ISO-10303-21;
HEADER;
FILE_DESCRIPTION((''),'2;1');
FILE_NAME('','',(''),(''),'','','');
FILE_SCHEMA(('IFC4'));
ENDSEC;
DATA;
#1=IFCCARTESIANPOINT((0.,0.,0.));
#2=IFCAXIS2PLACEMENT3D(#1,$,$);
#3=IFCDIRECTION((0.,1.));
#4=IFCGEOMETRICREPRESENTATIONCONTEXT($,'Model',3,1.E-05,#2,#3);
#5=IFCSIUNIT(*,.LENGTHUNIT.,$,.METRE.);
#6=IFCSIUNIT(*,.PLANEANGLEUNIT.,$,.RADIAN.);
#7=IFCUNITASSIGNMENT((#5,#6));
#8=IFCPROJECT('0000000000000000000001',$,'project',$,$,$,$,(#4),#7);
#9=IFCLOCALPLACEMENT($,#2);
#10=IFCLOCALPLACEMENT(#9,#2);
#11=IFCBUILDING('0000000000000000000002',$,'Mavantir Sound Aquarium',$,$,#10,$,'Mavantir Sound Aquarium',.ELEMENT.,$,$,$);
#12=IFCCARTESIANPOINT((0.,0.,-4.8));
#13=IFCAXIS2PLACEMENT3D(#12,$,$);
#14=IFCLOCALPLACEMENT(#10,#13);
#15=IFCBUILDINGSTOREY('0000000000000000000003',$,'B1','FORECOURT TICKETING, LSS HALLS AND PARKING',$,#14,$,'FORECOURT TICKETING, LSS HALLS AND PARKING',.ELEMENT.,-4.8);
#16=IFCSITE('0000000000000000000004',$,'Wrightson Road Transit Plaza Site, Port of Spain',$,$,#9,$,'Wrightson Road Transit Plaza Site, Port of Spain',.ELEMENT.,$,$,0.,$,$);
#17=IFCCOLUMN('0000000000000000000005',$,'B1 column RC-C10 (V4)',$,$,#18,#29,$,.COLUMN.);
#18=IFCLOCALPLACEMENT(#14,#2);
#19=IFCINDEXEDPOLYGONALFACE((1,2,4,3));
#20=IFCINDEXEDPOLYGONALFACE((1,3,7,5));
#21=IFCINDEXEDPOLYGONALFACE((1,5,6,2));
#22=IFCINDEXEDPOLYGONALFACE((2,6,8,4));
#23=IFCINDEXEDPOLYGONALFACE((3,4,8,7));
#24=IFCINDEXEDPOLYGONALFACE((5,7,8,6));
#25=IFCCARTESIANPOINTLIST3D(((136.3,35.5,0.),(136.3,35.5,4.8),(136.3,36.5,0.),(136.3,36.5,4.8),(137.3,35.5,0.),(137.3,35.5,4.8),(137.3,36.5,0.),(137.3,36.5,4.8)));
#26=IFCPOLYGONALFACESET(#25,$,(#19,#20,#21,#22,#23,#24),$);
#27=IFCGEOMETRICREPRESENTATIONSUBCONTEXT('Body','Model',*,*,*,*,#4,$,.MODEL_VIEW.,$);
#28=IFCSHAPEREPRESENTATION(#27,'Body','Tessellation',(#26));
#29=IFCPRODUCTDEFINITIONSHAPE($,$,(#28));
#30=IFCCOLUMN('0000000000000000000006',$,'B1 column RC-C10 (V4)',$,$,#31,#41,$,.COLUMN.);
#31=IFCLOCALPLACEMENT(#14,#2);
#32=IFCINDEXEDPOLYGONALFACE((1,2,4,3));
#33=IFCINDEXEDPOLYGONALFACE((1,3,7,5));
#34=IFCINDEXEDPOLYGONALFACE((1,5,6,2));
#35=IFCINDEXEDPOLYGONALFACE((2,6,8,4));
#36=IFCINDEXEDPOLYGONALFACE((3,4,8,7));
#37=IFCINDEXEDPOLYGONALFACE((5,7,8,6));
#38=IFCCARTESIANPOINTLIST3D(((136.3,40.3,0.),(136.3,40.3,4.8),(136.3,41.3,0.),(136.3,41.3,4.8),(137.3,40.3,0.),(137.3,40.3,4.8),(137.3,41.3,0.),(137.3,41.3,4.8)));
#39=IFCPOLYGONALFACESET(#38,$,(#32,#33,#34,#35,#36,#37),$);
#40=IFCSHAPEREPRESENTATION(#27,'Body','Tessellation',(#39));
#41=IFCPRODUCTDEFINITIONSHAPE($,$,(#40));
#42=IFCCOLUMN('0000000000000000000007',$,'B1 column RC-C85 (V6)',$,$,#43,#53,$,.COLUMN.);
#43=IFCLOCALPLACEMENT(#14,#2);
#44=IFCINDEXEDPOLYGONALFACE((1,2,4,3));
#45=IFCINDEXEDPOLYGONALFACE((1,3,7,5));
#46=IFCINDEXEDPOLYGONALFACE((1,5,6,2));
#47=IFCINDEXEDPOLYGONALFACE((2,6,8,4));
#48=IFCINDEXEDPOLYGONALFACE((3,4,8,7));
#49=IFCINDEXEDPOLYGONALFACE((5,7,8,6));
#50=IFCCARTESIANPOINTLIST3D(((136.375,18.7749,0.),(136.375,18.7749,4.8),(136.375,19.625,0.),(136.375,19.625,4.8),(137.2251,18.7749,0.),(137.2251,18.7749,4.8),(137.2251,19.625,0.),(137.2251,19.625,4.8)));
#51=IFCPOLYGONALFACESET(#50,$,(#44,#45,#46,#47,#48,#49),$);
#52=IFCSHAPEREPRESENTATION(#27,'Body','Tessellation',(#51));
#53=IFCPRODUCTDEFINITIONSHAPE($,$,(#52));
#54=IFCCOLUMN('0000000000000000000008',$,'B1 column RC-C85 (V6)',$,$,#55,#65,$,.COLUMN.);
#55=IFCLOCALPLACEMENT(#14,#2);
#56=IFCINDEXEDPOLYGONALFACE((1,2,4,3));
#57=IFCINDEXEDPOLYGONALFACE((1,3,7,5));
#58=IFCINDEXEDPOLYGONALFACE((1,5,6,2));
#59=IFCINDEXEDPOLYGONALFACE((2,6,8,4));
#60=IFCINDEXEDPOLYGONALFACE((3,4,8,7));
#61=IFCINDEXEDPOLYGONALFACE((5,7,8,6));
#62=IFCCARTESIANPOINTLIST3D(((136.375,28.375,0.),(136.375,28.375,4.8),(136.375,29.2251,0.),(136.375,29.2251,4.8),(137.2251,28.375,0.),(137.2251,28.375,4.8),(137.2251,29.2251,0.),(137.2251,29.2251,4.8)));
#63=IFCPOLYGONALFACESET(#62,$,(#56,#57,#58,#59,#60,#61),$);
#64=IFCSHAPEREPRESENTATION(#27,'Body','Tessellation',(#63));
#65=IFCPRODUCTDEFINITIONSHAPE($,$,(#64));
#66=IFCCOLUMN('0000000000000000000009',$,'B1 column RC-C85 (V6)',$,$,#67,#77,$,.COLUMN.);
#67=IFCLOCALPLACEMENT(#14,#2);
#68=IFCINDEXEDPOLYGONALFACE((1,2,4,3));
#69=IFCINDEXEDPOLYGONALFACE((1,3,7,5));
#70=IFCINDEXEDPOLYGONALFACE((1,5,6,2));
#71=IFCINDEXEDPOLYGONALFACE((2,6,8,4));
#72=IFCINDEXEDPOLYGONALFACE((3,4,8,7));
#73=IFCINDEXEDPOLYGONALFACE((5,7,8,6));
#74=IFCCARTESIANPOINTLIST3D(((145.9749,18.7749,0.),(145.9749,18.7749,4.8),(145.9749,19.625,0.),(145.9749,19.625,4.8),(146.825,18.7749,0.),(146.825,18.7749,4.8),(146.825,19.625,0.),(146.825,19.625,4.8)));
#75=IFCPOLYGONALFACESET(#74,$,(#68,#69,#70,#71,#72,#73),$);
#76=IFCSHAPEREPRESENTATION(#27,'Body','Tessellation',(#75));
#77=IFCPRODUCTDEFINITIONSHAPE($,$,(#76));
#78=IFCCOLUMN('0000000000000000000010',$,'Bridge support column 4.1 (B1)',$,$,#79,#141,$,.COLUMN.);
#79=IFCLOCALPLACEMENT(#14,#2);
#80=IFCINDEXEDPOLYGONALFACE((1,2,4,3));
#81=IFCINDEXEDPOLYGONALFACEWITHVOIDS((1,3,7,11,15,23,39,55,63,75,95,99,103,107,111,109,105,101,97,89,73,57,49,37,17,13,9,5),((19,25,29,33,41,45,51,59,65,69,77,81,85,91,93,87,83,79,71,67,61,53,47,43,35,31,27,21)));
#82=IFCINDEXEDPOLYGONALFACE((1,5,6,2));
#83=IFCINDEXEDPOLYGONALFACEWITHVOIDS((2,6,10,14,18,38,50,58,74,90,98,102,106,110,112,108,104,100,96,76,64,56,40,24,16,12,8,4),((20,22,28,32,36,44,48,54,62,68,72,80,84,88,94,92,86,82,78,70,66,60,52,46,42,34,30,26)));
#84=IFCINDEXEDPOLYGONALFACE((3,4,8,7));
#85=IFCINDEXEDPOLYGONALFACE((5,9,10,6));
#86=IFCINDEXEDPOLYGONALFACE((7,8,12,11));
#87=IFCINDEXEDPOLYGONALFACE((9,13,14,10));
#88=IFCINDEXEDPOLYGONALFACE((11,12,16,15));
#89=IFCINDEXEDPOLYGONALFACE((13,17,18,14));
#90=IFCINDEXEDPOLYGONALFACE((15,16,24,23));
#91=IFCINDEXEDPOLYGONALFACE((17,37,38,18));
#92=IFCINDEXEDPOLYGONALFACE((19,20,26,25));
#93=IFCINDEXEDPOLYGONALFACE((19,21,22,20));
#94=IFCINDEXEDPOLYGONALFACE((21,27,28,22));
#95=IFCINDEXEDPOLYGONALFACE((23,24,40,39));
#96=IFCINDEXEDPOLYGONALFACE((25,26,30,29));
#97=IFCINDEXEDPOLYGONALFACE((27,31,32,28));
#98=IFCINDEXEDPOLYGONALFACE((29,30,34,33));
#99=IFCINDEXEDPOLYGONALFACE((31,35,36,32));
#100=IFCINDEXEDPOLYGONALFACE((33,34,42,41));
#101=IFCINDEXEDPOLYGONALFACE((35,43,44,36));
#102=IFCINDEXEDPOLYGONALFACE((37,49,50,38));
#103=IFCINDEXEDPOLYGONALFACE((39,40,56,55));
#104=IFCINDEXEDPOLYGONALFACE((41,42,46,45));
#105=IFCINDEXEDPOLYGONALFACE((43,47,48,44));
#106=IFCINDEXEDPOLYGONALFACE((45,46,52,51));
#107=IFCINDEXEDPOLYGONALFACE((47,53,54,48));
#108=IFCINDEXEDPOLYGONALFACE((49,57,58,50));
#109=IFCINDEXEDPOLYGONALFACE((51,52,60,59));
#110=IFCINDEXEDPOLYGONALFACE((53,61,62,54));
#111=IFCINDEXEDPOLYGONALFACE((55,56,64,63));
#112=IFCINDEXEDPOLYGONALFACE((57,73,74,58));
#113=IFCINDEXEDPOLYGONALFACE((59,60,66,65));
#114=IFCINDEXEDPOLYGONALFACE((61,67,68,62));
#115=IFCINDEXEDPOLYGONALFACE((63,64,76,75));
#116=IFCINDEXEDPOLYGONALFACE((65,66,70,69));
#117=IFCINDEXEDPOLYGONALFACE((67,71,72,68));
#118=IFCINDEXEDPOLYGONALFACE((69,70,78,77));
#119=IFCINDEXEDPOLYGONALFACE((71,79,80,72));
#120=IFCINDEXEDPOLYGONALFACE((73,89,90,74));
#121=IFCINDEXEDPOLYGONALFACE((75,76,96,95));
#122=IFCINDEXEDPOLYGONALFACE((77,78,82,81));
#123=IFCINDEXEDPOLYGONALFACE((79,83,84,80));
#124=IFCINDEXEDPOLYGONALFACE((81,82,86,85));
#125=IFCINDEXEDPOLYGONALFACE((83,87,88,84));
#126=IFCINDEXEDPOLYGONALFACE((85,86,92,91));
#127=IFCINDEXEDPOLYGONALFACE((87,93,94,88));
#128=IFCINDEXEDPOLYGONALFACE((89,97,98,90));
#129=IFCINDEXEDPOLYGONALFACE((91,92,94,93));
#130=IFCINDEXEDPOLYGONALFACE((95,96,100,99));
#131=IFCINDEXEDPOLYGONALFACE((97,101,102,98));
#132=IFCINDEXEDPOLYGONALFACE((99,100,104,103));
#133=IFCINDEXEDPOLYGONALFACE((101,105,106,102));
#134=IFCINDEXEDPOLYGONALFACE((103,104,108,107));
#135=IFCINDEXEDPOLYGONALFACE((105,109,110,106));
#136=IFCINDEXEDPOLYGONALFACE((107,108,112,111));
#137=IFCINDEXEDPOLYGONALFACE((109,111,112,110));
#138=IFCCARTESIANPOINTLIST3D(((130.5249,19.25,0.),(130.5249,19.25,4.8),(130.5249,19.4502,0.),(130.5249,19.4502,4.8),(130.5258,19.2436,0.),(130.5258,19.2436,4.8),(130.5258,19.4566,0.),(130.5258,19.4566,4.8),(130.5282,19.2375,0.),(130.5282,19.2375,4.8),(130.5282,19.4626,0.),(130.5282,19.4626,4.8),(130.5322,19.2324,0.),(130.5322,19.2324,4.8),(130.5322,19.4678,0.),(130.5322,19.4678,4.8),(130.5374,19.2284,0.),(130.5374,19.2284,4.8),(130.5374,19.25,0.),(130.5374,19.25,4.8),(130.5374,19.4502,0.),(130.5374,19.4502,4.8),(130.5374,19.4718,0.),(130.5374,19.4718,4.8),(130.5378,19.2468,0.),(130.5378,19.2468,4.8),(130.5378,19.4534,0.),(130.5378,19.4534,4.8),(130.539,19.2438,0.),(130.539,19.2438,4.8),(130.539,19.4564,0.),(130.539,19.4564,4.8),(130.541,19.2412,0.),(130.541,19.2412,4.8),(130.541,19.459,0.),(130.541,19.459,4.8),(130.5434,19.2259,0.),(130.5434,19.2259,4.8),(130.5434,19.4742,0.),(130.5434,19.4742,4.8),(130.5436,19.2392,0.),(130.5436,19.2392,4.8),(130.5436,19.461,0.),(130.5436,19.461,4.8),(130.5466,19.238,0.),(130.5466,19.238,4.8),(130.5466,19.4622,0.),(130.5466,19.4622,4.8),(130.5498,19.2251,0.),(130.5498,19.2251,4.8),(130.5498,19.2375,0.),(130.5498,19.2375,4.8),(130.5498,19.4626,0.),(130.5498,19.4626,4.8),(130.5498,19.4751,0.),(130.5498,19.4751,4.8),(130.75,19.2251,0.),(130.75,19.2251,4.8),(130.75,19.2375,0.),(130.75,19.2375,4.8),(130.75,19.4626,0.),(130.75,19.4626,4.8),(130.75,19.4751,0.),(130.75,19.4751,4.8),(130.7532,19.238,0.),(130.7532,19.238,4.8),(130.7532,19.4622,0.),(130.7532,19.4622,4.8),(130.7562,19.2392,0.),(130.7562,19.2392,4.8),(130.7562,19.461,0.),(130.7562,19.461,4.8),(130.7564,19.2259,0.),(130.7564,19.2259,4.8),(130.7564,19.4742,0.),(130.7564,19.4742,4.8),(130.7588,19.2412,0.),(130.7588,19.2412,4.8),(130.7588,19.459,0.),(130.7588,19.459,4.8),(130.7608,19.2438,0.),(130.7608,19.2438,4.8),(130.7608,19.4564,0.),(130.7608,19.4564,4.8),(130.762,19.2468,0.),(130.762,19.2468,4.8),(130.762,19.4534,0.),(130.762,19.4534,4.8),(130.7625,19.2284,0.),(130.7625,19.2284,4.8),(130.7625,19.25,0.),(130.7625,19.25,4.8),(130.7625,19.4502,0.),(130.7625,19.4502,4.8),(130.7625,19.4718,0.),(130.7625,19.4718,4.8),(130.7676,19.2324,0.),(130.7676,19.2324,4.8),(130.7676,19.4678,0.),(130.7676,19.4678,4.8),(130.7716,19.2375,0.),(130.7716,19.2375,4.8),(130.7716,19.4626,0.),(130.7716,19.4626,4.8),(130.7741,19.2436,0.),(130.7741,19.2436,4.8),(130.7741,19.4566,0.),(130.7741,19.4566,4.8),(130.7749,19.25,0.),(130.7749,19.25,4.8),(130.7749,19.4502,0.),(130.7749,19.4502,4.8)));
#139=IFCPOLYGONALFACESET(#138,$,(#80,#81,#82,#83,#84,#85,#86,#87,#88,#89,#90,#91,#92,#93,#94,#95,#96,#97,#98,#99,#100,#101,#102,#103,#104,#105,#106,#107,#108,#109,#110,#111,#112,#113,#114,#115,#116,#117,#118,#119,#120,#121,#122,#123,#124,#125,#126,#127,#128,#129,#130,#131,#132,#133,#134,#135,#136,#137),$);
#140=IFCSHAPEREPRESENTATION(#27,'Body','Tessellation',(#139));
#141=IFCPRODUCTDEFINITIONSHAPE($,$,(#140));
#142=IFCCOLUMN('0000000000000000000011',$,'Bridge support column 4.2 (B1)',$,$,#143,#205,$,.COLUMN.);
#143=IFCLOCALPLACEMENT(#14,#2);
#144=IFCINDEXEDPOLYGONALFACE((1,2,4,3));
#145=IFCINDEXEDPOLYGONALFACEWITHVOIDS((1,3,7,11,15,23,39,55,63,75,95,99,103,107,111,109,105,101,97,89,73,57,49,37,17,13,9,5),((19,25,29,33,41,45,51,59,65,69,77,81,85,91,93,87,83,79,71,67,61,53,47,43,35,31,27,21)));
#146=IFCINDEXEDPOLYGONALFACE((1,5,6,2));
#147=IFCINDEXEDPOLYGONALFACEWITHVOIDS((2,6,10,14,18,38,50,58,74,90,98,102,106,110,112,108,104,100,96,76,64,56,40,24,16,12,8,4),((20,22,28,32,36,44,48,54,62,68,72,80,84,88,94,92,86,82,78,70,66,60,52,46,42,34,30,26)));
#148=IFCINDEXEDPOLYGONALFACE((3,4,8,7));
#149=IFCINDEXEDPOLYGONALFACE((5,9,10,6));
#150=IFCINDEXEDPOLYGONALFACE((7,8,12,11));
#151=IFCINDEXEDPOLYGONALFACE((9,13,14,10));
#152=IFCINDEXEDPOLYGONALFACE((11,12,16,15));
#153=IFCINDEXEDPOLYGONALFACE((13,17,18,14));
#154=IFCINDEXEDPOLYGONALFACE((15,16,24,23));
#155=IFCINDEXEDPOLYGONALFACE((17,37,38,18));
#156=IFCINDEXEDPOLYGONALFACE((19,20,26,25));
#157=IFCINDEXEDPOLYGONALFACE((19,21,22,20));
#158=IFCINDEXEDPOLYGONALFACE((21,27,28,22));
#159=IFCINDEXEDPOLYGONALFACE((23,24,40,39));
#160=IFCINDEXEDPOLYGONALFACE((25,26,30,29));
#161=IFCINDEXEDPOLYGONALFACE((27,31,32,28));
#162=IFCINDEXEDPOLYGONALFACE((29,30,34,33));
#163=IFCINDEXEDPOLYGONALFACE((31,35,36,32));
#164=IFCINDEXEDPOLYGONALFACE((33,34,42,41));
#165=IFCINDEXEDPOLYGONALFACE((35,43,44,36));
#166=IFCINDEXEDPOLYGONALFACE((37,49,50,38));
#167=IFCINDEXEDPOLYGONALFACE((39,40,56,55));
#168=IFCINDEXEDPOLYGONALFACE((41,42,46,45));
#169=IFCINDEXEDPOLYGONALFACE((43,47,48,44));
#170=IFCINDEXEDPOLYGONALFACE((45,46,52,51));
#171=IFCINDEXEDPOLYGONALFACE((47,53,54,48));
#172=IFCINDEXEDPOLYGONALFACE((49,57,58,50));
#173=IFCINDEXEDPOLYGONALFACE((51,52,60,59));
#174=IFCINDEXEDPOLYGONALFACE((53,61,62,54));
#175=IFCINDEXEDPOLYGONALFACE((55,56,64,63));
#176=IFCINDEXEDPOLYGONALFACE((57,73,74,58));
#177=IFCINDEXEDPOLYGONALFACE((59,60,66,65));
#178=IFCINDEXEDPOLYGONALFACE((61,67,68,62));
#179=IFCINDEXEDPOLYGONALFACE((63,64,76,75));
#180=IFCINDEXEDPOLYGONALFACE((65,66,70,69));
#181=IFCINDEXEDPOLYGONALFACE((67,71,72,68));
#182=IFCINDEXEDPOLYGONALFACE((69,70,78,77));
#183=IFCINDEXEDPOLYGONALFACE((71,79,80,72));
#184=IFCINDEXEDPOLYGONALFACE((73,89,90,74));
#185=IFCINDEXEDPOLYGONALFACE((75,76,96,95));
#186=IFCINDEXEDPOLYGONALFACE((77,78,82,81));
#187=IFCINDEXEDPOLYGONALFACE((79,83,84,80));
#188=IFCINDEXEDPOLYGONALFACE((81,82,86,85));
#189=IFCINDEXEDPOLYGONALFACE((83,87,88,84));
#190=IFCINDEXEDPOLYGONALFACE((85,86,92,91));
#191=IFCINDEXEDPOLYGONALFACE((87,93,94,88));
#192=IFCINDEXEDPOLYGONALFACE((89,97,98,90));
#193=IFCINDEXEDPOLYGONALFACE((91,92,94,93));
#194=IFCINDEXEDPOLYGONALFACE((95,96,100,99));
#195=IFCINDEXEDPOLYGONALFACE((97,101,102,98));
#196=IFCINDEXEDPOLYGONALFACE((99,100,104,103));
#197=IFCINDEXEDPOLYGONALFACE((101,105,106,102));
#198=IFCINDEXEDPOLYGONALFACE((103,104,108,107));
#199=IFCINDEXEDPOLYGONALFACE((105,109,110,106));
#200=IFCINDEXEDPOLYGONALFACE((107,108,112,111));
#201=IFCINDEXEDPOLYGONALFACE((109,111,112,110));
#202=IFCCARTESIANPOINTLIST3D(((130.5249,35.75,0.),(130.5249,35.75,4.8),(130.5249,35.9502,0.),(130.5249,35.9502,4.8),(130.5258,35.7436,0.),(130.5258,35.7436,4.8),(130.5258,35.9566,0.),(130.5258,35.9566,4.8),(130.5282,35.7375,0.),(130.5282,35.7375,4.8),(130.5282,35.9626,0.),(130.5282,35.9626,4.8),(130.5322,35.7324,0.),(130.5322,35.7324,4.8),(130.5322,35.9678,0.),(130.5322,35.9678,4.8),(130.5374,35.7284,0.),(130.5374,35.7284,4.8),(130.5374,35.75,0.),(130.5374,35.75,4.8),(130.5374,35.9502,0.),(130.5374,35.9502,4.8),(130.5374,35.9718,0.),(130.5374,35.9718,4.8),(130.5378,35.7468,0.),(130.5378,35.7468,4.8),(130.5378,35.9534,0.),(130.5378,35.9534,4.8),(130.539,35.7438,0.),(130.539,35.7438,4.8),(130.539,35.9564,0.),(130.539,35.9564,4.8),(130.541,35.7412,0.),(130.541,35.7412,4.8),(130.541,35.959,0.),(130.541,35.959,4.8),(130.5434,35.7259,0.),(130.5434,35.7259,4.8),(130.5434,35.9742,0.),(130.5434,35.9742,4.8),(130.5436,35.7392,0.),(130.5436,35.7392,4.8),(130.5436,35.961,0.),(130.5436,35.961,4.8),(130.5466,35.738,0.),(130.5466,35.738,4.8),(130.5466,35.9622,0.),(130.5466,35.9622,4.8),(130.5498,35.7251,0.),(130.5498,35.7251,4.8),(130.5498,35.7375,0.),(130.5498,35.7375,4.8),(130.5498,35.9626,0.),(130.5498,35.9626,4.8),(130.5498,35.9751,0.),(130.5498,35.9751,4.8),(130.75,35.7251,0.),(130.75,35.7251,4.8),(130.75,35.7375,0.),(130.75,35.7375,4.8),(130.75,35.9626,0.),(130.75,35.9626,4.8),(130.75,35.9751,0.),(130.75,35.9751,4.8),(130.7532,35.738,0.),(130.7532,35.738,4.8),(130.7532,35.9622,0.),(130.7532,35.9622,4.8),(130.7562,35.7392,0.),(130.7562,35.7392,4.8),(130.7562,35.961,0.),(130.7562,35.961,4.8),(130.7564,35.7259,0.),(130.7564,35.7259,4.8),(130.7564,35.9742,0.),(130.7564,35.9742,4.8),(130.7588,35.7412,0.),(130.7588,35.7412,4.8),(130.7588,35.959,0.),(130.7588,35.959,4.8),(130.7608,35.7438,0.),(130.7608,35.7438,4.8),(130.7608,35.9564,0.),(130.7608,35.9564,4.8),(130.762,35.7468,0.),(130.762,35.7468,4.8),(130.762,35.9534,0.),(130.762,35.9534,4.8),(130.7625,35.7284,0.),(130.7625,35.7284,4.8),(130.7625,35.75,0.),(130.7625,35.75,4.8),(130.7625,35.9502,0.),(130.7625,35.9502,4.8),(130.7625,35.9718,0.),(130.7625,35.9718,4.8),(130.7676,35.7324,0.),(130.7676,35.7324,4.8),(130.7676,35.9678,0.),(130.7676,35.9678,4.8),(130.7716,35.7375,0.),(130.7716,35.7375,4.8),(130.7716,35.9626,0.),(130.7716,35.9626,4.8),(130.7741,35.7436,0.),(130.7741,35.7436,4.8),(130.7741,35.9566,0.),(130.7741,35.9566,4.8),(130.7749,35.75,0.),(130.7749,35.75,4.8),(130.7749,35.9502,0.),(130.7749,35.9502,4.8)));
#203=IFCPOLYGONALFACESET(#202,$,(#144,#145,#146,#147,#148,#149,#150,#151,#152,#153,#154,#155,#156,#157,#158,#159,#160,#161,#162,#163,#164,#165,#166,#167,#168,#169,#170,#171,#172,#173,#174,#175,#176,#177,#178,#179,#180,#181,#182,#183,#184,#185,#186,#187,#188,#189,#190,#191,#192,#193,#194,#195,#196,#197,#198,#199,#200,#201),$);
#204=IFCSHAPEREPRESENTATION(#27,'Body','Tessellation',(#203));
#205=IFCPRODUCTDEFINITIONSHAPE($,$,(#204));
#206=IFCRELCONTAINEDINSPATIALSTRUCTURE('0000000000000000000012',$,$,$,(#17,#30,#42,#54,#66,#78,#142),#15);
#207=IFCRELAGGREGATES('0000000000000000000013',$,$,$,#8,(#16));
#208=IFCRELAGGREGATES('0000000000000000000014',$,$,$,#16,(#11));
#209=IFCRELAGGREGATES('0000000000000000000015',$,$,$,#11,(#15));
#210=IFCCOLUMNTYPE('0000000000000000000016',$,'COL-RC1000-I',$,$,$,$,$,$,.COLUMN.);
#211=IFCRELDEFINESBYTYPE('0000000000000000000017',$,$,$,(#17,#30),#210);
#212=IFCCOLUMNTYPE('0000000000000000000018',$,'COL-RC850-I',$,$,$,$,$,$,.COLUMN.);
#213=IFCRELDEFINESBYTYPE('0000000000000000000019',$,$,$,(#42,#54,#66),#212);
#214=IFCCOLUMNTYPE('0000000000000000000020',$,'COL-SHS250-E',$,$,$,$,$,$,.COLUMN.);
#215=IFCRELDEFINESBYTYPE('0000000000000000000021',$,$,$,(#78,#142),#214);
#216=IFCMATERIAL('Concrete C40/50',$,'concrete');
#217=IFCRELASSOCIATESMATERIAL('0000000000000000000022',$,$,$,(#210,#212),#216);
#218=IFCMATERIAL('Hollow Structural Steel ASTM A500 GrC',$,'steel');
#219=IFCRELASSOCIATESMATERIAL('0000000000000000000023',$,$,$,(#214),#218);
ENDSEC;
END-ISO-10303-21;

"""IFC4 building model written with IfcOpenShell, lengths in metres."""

from ifc_helpers import new_model, si_unit, direction, frame, origin, origin_2d, place, context, subcontext, project, spatial, rectangle, hollow_rectangle, extrude, material, material_profile, profile_set, type_object, element, save


model = new_model("IFC4")

# Units and contexts
model_context = context("Model", 3, precision=1e-05, world=origin(), true_north=direction((0.0, 1.0)))
body_context = subcontext(model_context, "Body", "Model", "MODEL_VIEW")
ifc_project = project(units=[si_unit("LENGTHUNIT", "METRE"), si_unit("PLANEANGLEUNIT", "RADIAN")], contexts=[model_context])

# Site, building, storey
site_placement = place(None, origin())
site = spatial("IfcSite", under=ifc_project, at=site_placement, Name="Wrightson Road Transit Plaza Site, Port of Spain", LongName="Wrightson Road Transit Plaza Site, Port of Spain", CompositionType="ELEMENT", RefElevation=0.0)
building_placement = place(site_placement, origin())
building = spatial("IfcBuilding", under=site, at=building_placement, Name="Mavantir Sound Aquarium", LongName="Mavantir Sound Aquarium", CompositionType="ELEMENT")
storey_placement = place(building_placement, frame((0.0, 0.0, -4.8)))
storey = spatial("IfcBuildingStorey", under=building, at=storey_placement, Name="B1", Description="FORECOURT TICKETING, LSS HALLS AND PARKING", LongName="FORECOURT TICKETING, LSS HALLS AND PARKING", CompositionType="ELEMENT", Elevation=-4.8)

# Columns
ifc_material_1 = material(Name="Concrete C40/50", Category="concrete")
ifc_material_profile_1 = material_profile(ifc_material_1, rectangle(XDim=1.0, YDim=1.0, at=origin_2d()), Name="RC 1000X1000")
ifc_profile_set_1 = profile_set([ifc_material_profile_1], Name="Concrete C40/50")
column_type_1 = type_object("IfcColumnType", Name="COL-RC1000-I", PredefinedType="COLUMN", material=ifc_profile_set_1)
for number, where, z_axis, x_axis, name in (
    (1, (136.8, 36.0, 0.0), (0.0, 0.0, 1.0), (1.0, 0.0, 0.0), "B1 column RC-C10 (V4)"),
    (2, (136.8, 40.8, 0.0), (0.0, 0.0, 1.0), (1.0, 0.0, 0.0), "B1 column RC-C10 (V4)"),
):
    element("IfcColumn", number, at=place(storey_placement, frame(where, z_axis=z_axis, x_axis=x_axis)), inside=storey, type_object=column_type_1, Name=name, PredefinedType="COLUMN", context=body_context, shape_type="SweptSolid", body=[
        extrude(rectangle(XDim=1.0, YDim=1.0, at=origin_2d()), origin(), (0.0, 0.0, 1.0), 4.8),
    ])
ifc_material_profile_2 = material_profile(ifc_material_1, rectangle(XDim=0.8501, YDim=0.8501, at=origin_2d()), Name="RC 850X850")
ifc_profile_set_2 = profile_set([ifc_material_profile_2], Name="Concrete C40/50")
column_type_2 = type_object("IfcColumnType", Name="COL-RC850-I", PredefinedType="COLUMN", material=ifc_profile_set_2)
for number, where, z_axis, x_axis, name in (
    (3, (136.8, 19.2, 0.0), (0.0, 0.0, 1.0), (1.0, 0.0, 0.0), "B1 column RC-C85 (V6)"),
    (4, (136.8, 28.8, 0.0), (0.0, 0.0, 1.0), (1.0, 0.0, 0.0), "B1 column RC-C85 (V6)"),
    (5, (146.3999, 19.2, 0.0), (0.0, 0.0, 1.0), (1.0, 0.0, 0.0), "B1 column RC-C85 (V6)"),
):
    element("IfcColumn", number, at=place(storey_placement, frame(where, z_axis=z_axis, x_axis=x_axis)), inside=storey, type_object=column_type_2, Name=name, PredefinedType="COLUMN", context=body_context, shape_type="SweptSolid", body=[
        extrude(rectangle(XDim=0.8501, YDim=0.8501, at=origin_2d()), origin(), (0.0, 0.0, 1.0), 4.8),
    ])
ifc_material_2 = material(Name="Hollow Structural Steel ASTM A500 GrC", Category="steel")
ifc_material_profile_3 = material_profile(ifc_material_2, hollow_rectangle(XDim=0.25, YDim=0.25, WallThickness=0.0125, InnerFilletRadius=0.0125, OuterFilletRadius=0.0249, at=origin_2d()), Name="SHS 250X250X12.5")
ifc_profile_set_3 = profile_set([ifc_material_profile_3], Name="Hollow Structural Steel ASTM A500 GrC")
column_type_3 = type_object("IfcColumnType", Name="COL-SHS250-E", PredefinedType="COLUMN", material=ifc_profile_set_3)
for number, where, z_axis, x_axis, name in (
    (6, (130.6499, 19.3501, 0.0), (0.0, 0.0, 1.0), (1.0, 0.0, 0.0), "Bridge support column 4.1 (B1)"),
    (7, (130.6499, 35.8501, 0.0), (0.0, 0.0, 1.0), (1.0, 0.0, 0.0), "Bridge support column 4.2 (B1)"),
):
    element("IfcColumn", number, at=place(storey_placement, frame(where, z_axis=z_axis, x_axis=x_axis)), inside=storey, type_object=column_type_3, Name=name, PredefinedType="COLUMN", context=body_context, shape_type="SweptSolid", body=[
        extrude(hollow_rectangle(XDim=0.25, YDim=0.25, WallThickness=0.0125, InnerFilletRadius=0.0125, OuterFilletRadius=0.0249, at=origin_2d()), origin(), (0.0, 0.0, 1.0), 4.8),
    ])

save(model, "model.ifc")
